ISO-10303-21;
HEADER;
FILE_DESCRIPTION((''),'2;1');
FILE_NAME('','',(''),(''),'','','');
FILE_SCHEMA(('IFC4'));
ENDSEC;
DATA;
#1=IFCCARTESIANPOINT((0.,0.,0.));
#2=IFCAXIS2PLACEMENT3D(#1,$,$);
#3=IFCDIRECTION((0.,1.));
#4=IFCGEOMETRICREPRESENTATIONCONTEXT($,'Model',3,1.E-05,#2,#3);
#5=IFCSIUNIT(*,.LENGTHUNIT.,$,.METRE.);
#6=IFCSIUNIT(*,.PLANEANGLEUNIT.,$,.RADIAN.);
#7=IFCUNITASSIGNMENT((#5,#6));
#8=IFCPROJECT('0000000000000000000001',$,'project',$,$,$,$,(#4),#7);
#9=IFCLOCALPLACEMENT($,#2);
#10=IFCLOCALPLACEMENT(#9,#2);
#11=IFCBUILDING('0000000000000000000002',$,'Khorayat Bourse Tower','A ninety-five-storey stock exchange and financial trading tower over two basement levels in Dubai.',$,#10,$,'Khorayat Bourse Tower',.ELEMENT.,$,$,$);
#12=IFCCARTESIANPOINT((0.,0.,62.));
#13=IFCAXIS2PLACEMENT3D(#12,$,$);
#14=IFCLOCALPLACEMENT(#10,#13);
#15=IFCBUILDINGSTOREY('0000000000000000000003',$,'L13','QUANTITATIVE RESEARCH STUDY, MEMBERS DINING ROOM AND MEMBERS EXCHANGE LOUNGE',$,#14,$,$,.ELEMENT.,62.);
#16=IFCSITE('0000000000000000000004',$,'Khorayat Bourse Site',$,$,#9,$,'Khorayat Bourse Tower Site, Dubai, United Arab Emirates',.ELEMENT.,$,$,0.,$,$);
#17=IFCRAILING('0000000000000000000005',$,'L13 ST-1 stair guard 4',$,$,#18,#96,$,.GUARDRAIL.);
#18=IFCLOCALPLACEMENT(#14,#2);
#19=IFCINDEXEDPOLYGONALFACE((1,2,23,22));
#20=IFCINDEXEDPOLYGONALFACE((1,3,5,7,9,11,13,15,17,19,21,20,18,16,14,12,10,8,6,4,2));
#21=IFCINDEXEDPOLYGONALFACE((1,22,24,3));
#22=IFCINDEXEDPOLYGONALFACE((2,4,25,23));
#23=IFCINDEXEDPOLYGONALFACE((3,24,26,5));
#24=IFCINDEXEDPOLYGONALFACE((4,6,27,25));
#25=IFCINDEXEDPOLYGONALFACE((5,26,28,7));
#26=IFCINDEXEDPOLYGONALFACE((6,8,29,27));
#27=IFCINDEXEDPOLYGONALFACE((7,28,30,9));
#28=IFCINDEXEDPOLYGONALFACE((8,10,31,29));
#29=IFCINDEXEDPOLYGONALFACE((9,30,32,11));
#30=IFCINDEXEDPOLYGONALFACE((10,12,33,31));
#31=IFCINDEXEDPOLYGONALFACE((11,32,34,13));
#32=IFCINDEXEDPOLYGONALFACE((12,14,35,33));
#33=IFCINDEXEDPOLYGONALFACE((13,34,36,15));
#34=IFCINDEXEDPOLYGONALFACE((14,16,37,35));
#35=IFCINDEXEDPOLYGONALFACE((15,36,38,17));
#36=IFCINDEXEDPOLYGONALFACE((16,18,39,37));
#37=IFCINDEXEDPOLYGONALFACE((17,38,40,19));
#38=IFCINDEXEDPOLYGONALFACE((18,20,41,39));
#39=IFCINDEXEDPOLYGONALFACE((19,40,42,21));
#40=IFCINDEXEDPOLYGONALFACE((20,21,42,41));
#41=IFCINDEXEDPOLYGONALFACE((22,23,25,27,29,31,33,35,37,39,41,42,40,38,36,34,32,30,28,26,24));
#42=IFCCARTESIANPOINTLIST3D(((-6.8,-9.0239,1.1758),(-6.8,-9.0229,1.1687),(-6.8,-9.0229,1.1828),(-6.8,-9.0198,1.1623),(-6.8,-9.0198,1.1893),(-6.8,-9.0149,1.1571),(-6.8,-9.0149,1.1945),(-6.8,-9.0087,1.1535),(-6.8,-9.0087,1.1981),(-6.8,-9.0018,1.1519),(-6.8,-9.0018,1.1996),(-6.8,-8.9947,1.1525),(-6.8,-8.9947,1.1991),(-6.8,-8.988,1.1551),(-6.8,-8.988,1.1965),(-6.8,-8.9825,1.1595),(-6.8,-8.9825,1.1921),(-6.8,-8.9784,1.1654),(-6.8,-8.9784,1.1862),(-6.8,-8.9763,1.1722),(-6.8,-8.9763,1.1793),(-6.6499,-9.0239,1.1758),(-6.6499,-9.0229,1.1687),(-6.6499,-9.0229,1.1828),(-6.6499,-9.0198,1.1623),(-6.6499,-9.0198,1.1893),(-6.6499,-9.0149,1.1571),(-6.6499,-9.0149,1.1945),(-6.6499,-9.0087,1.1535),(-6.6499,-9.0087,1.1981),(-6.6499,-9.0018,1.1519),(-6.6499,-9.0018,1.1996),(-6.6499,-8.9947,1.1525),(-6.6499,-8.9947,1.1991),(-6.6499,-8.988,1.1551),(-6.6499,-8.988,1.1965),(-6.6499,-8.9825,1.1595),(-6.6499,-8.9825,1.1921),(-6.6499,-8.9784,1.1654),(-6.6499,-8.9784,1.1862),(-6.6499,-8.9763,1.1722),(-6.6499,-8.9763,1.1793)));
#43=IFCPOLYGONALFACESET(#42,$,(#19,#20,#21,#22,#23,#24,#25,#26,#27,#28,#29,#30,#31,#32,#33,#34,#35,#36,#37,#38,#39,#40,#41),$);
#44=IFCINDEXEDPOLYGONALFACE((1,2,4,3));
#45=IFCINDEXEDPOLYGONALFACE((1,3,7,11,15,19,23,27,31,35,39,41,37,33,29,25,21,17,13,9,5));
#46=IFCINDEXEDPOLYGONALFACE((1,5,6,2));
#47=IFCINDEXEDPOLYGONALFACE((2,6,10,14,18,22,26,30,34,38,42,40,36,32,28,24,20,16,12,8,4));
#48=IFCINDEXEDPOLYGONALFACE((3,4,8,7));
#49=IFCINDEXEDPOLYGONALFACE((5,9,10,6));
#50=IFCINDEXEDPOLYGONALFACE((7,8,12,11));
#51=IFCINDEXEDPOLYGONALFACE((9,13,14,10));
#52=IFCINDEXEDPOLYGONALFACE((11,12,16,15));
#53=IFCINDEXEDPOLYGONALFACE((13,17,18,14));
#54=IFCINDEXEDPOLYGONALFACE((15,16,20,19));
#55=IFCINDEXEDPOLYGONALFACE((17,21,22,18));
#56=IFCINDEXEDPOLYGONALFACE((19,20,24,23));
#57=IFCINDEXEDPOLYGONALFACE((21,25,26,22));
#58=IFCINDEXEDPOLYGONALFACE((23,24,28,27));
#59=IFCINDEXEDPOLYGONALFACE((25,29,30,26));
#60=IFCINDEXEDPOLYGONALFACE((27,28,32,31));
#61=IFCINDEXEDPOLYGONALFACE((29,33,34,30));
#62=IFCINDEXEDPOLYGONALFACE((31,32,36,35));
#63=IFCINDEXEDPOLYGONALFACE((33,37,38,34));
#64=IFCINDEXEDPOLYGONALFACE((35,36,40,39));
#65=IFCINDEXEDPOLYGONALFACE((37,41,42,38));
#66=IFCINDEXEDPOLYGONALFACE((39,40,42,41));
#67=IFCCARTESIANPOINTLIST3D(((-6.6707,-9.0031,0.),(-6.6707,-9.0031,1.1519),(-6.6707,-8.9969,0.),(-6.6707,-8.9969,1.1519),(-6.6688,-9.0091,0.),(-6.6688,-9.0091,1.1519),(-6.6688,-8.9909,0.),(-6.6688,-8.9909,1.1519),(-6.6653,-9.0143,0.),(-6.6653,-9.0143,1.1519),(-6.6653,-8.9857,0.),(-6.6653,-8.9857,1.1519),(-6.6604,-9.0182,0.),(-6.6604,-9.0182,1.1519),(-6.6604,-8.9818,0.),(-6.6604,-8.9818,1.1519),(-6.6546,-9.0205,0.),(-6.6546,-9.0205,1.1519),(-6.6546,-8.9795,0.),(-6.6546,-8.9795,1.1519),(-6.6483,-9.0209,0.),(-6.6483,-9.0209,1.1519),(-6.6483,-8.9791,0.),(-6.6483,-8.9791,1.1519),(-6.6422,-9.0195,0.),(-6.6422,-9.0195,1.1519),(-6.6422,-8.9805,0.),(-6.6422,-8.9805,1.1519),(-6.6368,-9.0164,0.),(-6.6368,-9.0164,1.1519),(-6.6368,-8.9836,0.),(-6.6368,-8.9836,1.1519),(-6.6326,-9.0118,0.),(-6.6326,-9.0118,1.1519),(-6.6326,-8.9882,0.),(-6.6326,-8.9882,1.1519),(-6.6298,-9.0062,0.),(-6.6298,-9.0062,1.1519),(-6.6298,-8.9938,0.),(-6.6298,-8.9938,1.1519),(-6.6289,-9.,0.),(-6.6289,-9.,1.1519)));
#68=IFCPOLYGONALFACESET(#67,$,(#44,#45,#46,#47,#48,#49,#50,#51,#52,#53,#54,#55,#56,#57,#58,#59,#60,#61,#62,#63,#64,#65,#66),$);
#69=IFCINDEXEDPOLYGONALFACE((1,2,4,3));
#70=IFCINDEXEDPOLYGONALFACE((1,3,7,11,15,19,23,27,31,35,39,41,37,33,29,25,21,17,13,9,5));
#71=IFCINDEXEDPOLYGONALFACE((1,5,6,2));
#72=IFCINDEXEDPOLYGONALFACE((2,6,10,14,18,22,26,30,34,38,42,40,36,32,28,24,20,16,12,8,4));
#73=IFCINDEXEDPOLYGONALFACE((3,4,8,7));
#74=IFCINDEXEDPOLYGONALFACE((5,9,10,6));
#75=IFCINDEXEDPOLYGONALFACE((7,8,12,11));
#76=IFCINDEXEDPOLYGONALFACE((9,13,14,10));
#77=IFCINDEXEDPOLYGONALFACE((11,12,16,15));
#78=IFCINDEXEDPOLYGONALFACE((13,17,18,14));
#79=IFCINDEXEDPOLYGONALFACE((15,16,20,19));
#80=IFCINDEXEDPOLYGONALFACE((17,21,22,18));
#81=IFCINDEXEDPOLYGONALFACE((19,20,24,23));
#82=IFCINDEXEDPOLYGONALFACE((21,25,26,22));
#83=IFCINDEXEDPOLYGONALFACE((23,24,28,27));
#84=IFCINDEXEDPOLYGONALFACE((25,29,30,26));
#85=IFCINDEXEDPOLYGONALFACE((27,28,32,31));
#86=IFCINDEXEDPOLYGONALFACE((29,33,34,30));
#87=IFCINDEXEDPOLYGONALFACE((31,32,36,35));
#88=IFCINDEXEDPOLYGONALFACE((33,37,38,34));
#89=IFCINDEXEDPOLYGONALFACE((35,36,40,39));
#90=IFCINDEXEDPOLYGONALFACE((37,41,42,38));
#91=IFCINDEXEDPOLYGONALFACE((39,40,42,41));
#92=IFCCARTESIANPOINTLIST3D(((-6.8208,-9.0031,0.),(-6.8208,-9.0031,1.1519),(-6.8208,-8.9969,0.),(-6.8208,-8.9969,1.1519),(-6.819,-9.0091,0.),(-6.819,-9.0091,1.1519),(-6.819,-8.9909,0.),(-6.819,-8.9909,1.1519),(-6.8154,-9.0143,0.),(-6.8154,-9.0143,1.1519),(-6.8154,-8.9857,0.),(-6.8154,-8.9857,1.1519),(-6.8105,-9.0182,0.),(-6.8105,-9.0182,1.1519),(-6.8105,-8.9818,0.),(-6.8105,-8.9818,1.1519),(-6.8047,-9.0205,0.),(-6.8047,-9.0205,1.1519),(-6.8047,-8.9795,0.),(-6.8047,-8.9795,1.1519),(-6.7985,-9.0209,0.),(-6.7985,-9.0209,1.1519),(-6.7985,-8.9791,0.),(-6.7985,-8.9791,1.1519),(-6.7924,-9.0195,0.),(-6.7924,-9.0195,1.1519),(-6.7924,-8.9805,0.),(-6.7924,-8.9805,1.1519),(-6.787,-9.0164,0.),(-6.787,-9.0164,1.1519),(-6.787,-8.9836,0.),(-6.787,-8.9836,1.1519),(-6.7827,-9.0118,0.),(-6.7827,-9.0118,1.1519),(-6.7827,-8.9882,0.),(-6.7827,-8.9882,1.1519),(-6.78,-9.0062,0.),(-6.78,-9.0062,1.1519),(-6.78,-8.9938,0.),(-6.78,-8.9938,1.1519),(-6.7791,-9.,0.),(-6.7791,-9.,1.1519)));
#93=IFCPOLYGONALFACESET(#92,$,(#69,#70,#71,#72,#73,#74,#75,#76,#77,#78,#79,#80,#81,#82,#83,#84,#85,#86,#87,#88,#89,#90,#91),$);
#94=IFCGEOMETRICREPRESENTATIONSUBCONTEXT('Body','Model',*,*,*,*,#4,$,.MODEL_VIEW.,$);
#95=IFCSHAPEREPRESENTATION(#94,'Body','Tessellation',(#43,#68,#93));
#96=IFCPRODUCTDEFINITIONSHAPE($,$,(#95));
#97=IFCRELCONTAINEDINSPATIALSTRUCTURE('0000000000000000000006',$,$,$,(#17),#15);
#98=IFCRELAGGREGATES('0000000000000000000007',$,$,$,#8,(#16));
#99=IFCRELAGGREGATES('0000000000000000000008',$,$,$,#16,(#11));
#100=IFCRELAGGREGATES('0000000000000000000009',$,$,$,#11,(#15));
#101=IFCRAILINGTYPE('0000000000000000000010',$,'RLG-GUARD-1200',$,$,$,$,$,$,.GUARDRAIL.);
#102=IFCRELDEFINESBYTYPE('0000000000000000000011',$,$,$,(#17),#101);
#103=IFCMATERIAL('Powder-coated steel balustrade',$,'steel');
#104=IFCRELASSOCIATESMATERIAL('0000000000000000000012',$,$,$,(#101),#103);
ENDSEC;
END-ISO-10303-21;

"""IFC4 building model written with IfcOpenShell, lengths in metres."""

from ifc_helpers import new_model, si_unit, direction, frame, origin, origin_2d, place, context, subcontext, project, spatial, circle, extrude, source, transform, mapped, material, type_object, element, save


model = new_model("IFC4")

# Units and contexts
model_context = context("Model", 3, precision=1e-05, world=origin(), true_north=direction((0.0, 1.0)))
body_context = subcontext(model_context, "Body", "Model", "MODEL_VIEW")
ifc_project = project(units=[si_unit("LENGTHUNIT", "METRE"), si_unit("PLANEANGLEUNIT", "RADIAN")], contexts=[model_context])

# Site, building, storey
site_placement = place(None, origin())
site = spatial("IfcSite", under=ifc_project, at=site_placement, Name="Khorayat Bourse Site", LongName="Khorayat Bourse Tower Site, Dubai, United Arab Emirates", CompositionType="ELEMENT", RefElevation=0.0)
building_placement = place(site_placement, origin())
building = spatial("IfcBuilding", under=site, at=building_placement, Name="Khorayat Bourse Tower", Description="A ninety-five-storey stock exchange and financial trading tower over two basement levels in Dubai.", LongName="Khorayat Bourse Tower", CompositionType="ELEMENT")
storey_placement = place(building_placement, frame((0.0, 0.0, 62.0)))
storey = spatial("IfcBuildingStorey", under=building, at=storey_placement, Name="L13", Description="QUANTITATIVE RESEARCH STUDY, MEMBERS DINING ROOM AND MEMBERS EXCHANGE LOUNGE", CompositionType="ELEMENT", Elevation=62.0)

# Railing
ifc_material_1 = material(Name="Powder-coated steel balustrade", Category="steel")
railing_type_1 = type_object("IfcRailingType", Name="RLG-GUARD-1200", PredefinedType="GUARDRAIL", material=ifc_material_1)
shared_shape_1 = source(origin(), body_context, "Body", "SweptSolid", [
    extrude(circle(Radius=0.0239, at=origin_2d()), frame((0.0, 0.0, 1.1758), z_axis=(-1.0, 0.0, 0.0), x_axis=(0.0, -1.0, 0.0)), (0.0, 0.0, 1.0), 0.1501),
    extrude(circle(Radius=0.021, at=origin_2d()), origin(), (0.0, 0.0, 1.0), 1.1519),
    extrude(circle(Radius=0.021, at=origin_2d()), frame((-0.1501, 0.0, 0.0)), (0.0, 0.0, 1.0), 1.1519),
])
for number, where, name in (
    (1, (-6.6499, -9.0, 0.0), "L13 ST-1 stair guard 4"),
):
    element("IfcRailing", number, at=place(storey_placement, frame(where)), inside=storey, type_object=railing_type_1, Name=name, PredefinedType="GUARDRAIL", context=body_context, shape_type="MappedRepresentation", body=[
        mapped(shared_shape_1, transform((0.0, 0.0, 0.0), scale=1.0)),
    ])

save(model, "model.ifc")
